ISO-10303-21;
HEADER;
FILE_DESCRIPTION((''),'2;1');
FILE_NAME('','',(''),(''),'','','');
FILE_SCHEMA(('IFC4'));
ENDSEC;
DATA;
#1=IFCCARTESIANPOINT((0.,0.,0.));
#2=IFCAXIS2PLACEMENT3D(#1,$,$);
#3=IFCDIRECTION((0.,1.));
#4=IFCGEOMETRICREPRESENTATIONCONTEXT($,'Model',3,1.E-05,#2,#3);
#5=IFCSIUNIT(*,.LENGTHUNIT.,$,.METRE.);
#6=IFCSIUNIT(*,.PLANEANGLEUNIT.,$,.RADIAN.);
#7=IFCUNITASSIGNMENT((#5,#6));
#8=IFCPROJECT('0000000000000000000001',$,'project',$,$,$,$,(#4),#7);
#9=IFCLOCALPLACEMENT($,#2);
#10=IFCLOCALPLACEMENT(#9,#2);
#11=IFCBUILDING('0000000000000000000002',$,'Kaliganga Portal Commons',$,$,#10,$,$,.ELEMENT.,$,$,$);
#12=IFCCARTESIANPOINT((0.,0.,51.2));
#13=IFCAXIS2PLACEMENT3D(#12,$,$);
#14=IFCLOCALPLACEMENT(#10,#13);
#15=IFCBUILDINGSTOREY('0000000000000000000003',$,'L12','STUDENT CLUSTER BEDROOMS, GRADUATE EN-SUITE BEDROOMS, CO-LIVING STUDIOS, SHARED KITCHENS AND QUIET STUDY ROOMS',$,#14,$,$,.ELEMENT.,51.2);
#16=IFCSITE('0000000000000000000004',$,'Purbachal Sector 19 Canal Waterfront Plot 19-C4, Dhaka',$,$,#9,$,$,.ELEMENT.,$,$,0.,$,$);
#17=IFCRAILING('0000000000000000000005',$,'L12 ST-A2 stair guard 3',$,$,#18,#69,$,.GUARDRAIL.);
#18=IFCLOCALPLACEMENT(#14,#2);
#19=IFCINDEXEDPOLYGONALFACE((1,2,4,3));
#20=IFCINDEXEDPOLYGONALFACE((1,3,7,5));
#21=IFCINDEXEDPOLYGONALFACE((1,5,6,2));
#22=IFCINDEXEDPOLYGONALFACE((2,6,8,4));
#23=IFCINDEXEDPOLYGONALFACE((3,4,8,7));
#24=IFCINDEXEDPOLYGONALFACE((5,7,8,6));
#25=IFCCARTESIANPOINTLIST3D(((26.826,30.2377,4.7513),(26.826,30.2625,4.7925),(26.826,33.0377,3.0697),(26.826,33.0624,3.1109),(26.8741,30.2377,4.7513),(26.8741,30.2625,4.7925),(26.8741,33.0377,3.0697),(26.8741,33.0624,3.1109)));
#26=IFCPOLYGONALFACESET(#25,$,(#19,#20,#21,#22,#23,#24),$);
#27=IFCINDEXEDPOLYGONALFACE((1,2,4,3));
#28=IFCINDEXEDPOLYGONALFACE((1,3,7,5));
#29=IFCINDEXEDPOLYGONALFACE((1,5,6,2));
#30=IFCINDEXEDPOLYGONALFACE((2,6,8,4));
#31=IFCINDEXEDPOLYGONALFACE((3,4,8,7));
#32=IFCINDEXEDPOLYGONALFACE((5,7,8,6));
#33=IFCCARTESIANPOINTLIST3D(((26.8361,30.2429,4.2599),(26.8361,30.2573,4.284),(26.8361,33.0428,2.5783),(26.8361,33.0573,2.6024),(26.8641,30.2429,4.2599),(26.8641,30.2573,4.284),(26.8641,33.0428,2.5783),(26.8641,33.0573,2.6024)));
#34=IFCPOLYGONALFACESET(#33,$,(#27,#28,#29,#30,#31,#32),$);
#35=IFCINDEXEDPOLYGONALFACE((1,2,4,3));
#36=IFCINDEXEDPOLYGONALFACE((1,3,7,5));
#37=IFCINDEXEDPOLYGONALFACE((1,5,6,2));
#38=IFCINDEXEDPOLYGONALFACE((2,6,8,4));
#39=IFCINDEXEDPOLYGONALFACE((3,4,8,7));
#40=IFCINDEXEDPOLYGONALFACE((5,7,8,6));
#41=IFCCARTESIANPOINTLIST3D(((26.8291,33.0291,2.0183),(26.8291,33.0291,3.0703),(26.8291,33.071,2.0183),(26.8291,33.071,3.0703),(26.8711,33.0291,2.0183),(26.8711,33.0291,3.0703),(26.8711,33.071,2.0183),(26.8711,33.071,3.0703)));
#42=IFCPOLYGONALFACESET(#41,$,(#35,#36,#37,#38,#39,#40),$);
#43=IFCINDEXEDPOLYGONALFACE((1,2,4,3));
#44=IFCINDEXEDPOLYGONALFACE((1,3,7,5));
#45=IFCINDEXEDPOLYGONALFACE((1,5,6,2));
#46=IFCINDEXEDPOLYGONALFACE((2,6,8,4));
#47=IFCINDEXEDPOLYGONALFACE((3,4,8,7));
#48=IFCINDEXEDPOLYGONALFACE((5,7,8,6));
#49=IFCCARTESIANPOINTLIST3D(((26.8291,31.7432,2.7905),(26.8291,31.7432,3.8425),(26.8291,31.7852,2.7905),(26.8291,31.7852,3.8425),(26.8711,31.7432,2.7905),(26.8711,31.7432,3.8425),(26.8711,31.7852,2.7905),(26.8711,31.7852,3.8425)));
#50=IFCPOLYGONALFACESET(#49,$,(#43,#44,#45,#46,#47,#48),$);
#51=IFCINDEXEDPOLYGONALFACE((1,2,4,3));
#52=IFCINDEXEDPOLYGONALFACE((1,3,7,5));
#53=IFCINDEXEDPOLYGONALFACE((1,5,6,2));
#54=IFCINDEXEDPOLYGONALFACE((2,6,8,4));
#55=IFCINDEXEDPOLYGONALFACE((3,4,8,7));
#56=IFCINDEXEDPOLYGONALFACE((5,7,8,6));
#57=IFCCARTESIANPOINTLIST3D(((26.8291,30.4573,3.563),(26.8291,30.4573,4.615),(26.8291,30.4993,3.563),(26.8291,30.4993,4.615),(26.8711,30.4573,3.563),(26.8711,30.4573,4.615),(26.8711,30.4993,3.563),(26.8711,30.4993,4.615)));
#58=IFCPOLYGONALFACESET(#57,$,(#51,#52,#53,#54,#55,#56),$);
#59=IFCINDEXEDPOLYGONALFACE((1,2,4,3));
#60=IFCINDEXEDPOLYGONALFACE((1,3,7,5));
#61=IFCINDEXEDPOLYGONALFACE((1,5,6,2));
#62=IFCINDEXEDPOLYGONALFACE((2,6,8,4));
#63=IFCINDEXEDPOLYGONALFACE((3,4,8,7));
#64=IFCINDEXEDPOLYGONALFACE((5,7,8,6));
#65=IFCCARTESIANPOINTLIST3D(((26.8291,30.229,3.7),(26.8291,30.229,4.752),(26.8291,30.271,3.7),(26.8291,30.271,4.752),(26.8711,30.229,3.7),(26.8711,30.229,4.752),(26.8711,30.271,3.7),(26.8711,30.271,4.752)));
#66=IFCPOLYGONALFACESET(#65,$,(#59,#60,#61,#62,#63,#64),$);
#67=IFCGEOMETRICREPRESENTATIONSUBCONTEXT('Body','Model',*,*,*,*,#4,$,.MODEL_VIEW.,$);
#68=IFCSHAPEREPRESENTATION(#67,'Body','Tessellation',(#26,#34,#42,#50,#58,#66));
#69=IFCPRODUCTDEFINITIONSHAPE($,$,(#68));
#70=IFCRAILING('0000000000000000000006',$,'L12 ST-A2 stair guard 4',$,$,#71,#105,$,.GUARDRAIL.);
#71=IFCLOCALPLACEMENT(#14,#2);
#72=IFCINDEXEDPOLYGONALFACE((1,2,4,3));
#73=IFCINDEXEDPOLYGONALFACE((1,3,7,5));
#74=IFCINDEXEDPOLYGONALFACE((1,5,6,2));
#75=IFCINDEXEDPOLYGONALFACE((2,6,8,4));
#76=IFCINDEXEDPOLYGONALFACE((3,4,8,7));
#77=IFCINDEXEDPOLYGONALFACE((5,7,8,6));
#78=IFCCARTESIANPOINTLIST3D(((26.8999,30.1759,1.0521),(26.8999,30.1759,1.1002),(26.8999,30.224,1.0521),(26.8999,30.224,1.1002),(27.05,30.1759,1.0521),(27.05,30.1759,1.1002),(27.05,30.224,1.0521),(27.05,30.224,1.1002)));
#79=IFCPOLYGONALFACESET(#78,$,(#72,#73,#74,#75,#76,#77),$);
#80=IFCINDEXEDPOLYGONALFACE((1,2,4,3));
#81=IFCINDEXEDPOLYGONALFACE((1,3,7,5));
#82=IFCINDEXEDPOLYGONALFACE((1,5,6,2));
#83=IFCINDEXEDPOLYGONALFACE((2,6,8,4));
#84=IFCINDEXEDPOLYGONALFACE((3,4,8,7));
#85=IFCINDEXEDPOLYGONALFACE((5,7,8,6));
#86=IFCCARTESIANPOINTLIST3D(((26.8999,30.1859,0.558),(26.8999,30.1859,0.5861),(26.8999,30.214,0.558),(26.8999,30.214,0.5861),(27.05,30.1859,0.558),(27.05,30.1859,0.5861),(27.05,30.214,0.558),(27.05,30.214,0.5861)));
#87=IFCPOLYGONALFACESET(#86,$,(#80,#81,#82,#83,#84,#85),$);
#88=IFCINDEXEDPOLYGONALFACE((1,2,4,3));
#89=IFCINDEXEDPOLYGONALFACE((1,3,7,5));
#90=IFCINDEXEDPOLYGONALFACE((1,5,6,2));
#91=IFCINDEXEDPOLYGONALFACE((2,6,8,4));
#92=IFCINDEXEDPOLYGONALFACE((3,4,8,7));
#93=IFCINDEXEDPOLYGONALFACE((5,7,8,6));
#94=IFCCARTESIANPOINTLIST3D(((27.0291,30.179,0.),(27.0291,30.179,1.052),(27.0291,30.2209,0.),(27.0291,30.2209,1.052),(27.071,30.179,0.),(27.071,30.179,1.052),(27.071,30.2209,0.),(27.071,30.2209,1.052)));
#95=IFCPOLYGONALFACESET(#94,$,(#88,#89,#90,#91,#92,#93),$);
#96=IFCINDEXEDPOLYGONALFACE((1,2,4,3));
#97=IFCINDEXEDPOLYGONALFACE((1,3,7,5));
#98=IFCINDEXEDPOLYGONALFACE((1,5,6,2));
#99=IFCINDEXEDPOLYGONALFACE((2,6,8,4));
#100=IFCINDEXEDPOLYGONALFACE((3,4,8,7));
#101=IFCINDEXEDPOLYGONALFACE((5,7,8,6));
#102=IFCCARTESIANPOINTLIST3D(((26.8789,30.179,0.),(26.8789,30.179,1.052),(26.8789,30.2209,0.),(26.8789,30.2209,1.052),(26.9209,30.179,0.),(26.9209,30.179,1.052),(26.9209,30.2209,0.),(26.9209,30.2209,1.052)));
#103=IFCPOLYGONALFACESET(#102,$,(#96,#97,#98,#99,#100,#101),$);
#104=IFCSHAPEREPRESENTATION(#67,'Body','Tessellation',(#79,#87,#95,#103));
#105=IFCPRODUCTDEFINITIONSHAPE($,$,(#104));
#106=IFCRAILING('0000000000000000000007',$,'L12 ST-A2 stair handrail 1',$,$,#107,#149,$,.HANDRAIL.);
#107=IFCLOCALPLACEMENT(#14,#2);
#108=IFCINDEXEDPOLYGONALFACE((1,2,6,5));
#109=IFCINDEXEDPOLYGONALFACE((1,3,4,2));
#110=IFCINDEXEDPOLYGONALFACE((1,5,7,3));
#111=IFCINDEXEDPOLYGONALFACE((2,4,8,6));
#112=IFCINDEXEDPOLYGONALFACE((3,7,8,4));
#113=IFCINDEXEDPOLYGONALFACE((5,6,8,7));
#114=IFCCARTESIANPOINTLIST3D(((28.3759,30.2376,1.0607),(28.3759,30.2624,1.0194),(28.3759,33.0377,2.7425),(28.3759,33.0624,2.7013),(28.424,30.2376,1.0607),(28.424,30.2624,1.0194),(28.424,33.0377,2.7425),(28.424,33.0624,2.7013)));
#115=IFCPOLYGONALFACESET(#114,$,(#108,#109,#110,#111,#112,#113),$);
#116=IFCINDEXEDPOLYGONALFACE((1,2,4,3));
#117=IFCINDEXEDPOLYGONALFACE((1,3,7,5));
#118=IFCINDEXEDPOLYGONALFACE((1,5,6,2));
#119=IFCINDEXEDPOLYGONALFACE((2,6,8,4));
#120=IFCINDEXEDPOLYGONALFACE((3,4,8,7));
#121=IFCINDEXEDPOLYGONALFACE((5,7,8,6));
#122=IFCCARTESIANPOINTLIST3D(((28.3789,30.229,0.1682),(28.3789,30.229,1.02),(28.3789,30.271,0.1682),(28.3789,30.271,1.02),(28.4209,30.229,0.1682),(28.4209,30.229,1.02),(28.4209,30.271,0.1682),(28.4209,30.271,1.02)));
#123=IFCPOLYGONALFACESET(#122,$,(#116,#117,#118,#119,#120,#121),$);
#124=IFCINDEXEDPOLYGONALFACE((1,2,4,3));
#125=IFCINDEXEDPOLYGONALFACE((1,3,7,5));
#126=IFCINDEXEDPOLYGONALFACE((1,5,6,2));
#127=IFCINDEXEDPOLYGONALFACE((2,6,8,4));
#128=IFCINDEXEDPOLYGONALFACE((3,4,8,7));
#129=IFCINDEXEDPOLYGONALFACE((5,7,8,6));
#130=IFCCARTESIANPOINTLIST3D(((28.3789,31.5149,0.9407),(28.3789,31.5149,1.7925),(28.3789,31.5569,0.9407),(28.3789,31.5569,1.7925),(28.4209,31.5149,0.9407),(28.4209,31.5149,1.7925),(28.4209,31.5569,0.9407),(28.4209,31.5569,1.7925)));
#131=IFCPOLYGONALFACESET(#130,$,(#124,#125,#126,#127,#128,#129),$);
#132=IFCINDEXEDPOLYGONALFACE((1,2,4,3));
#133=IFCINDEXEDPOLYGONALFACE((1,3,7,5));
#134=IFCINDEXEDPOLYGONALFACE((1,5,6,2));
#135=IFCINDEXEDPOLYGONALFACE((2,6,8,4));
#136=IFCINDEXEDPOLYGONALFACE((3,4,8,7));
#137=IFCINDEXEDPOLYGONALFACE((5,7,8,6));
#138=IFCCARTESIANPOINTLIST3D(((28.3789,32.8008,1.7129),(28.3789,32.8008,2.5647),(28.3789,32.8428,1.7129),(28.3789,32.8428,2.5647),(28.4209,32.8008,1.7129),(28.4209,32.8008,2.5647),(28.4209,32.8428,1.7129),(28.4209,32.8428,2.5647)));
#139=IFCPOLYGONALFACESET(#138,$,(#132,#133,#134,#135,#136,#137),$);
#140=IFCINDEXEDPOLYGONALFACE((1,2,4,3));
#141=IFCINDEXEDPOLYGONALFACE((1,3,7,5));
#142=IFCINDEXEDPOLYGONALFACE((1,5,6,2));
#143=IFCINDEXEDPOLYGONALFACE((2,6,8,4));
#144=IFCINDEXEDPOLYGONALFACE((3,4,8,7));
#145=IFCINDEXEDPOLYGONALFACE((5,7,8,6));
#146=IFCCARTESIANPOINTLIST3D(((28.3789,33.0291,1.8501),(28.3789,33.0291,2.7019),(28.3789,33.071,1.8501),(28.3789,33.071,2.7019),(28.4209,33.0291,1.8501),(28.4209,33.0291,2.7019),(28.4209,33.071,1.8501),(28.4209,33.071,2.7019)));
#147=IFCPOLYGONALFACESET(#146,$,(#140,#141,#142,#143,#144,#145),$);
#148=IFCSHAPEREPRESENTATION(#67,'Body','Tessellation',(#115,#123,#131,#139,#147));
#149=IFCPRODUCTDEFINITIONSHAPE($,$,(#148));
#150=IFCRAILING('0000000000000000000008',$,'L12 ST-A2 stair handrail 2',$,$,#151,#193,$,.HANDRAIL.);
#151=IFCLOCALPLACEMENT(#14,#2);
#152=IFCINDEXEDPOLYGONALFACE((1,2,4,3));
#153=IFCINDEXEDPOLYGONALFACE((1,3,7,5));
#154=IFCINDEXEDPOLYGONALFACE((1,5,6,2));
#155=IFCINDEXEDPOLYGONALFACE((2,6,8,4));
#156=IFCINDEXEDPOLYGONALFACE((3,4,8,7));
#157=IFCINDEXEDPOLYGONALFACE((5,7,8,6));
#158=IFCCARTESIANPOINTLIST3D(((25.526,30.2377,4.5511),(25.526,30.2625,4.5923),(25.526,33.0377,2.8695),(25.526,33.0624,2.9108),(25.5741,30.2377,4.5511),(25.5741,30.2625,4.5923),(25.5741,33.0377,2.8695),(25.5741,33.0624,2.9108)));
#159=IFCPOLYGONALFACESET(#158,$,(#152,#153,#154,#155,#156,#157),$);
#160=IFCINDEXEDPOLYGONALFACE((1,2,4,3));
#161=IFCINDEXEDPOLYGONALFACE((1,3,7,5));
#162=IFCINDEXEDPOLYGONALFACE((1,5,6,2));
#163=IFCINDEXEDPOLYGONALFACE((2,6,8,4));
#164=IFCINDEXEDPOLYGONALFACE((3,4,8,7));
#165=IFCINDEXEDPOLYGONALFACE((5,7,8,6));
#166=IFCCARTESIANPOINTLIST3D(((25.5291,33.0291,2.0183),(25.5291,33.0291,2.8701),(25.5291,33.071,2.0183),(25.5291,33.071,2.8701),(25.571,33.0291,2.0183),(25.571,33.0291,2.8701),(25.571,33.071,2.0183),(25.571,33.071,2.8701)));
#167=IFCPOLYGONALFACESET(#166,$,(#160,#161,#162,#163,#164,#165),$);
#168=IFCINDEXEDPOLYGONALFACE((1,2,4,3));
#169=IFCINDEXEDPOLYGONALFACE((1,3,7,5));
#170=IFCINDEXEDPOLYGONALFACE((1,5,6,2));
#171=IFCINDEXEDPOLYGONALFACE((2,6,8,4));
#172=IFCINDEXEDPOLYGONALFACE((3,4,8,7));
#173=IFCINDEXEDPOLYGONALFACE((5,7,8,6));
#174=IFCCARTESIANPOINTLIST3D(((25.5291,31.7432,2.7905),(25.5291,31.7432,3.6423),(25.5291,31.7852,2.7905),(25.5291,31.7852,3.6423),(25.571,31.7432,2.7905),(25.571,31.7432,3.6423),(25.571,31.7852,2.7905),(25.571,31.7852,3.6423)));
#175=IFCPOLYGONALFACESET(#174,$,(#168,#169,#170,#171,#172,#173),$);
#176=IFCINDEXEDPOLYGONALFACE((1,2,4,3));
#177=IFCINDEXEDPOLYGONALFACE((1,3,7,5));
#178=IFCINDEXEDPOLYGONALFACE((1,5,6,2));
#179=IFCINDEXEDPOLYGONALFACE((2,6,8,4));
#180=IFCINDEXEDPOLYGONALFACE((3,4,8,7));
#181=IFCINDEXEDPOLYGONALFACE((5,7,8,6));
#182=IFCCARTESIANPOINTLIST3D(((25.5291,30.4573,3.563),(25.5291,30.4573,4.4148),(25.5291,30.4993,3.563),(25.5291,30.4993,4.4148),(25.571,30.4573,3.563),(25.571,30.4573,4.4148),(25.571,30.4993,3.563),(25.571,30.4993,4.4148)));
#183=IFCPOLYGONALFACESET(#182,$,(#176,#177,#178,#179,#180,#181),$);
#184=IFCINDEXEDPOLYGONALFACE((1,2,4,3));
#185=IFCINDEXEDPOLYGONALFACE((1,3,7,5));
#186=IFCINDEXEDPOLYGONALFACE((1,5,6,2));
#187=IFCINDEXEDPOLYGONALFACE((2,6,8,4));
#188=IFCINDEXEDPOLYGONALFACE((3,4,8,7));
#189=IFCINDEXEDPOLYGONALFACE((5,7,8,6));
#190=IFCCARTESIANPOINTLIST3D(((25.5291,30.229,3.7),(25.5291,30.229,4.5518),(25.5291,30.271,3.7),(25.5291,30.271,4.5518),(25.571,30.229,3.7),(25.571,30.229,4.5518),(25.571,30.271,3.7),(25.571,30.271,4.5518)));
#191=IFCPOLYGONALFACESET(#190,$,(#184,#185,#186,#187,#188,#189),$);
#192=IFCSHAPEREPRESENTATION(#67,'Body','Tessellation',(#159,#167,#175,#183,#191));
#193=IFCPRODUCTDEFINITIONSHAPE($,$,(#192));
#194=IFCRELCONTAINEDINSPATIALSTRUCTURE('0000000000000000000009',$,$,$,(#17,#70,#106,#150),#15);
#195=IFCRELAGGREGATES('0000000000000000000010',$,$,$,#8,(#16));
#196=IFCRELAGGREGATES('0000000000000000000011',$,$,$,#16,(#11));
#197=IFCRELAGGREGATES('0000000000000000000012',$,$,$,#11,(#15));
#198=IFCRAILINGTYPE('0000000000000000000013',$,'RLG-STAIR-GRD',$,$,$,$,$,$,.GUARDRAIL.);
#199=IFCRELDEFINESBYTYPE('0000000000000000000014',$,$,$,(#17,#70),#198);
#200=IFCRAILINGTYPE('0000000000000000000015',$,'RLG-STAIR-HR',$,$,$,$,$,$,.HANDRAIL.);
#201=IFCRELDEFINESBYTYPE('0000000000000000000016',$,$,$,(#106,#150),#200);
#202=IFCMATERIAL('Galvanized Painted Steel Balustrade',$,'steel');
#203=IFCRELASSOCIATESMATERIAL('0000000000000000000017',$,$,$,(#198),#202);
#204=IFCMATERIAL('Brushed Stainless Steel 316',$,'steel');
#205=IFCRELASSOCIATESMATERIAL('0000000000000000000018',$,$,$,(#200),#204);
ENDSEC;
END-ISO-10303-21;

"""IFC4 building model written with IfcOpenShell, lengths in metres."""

from ifc_helpers import new_model, si_unit, direction, frame, origin, origin_2d, place, context, subcontext, project, spatial, rectangle, extrude, material, type_object, element, save


model = new_model("IFC4")

# Units and contexts
model_context = context("Model", 3, precision=1e-05, world=origin(), true_north=direction((0.0, 1.0)))
body_context = subcontext(model_context, "Body", "Model", "MODEL_VIEW")
ifc_project = project(units=[si_unit("LENGTHUNIT", "METRE"), si_unit("PLANEANGLEUNIT", "RADIAN")], contexts=[model_context])

# Site, building, storey
site_placement = place(None, origin())
site = spatial("IfcSite", under=ifc_project, at=site_placement, Name="Purbachal Sector 19 Canal Waterfront Plot 19-C4, Dhaka", CompositionType="ELEMENT", RefElevation=0.0)
building_placement = place(site_placement, origin())
building = spatial("IfcBuilding", under=site, at=building_placement, Name="Kaliganga Portal Commons", CompositionType="ELEMENT")
storey_placement = place(building_placement, frame((0.0, 0.0, 51.2)))
storey = spatial("IfcBuildingStorey", under=building, at=storey_placement, Name="L12", Description="STUDENT CLUSTER BEDROOMS, GRADUATE EN-SUITE BEDROOMS, CO-LIVING STUDIOS, SHARED KITCHENS AND QUIET STUDY ROOMS", CompositionType="ELEMENT", Elevation=51.2)

# Railings
ifc_material_1 = material(Name="Galvanized Painted Steel Balustrade", Category="steel")
railing_type_1 = type_object("IfcRailingType", Name="RLG-STAIR-GRD", PredefinedType="GUARDRAIL", material=ifc_material_1)
railing_1_placement = place(storey_placement, frame((26.8501, 33.05, 2.0183)))
element("IfcRailing", 1, at=railing_1_placement, inside=storey, type_object=railing_type_1, Name="L12 ST-A2 stair guard 3", PredefinedType="GUARDRAIL", context=body_context, shape_type="SweptSolid", body=[
    extrude(rectangle(XDim=0.0481, YDim=0.0481, at=origin_2d()), frame((0.0, 0.0, 1.072), z_axis=(0.0, -0.857275, 0.514858), x_axis=(1.0, 0.0, 0.0)), (0.0, 0.0, 1.0), 3.2661),
    extrude(rectangle(XDim=0.0281, YDim=0.0281, at=origin_2d()), frame((0.0, 0.0, 0.572), z_axis=(0.0, -0.857275, 0.514858), x_axis=(1.0, 0.0, 0.0)), (0.0, 0.0, 1.0), 3.2661),
    extrude(rectangle(XDim=0.042, YDim=0.042, at=origin_2d()), origin(), (0.0, 0.0, 1.0), 1.052),
    extrude(rectangle(XDim=0.042, YDim=0.042, at=origin_2d()), frame((0.0, -1.2859, 0.7722)), (0.0, 0.0, 1.0), 1.052),
    extrude(rectangle(XDim=0.042, YDim=0.042, at=origin_2d()), frame((0.0, -2.5718, 1.5447)), (0.0, 0.0, 1.0), 1.052),
    extrude(rectangle(XDim=0.042, YDim=0.042, at=origin_2d()), frame((0.0, -2.8, 1.6816)), (0.0, 0.0, 1.0), 1.052),
])
railing_2_placement = place(storey_placement, frame((27.05, 30.2, 0.0)))
element("IfcRailing", 2, at=railing_2_placement, inside=storey, type_object=railing_type_1, Name="L12 ST-A2 stair guard 4", PredefinedType="GUARDRAIL", context=body_context, shape_type="SweptSolid", body=[
    extrude(rectangle(XDim=0.0481, YDim=0.0481, at=origin_2d()), frame((0.0, 0.0, 1.0762), z_axis=(-1.0, 0.0, 0.0), x_axis=(0.0, -1.0, 0.0)), (0.0, 0.0, 1.0), 0.1501),
    extrude(rectangle(XDim=0.0281, YDim=0.0281, at=origin_2d()), frame((0.0, 0.0, 0.572), z_axis=(-1.0, 0.0, 0.0), x_axis=(0.0, -1.0, 0.0)), (0.0, 0.0, 1.0), 0.1501),
    extrude(rectangle(XDim=0.042, YDim=0.042, at=origin_2d()), origin(), (0.0, 0.0, 1.0), 1.052),
    extrude(rectangle(XDim=0.042, YDim=0.042, at=origin_2d()), frame((-0.1501, 0.0, 0.0)), (0.0, 0.0, 1.0), 1.052),
])
ifc_material_2 = material(Name="Brushed Stainless Steel 316", Category="steel")
railing_type_2 = type_object("IfcRailingType", Name="RLG-STAIR-HR", PredefinedType="HANDRAIL", material=ifc_material_2)
railing_3_placement = place(storey_placement, frame((28.3999, 30.25, 0.1682)))
element("IfcRailing", 3, at=railing_3_placement, inside=storey, type_object=railing_type_2, Name="L12 ST-A2 stair handrail 1", PredefinedType="HANDRAIL", context=body_context, shape_type="SweptSolid", body=[
    extrude(rectangle(XDim=0.0481, YDim=0.0481, at=origin_2d()), frame((0.0, 0.0, 0.8718), z_axis=(0.0, 0.857242, 0.514913), x_axis=(-1.0, 0.0, 0.0)), (0.0, 0.0, 1.0), 3.2664),
    extrude(rectangle(XDim=0.042, YDim=0.042, at=origin_2d()), origin(), (0.0, 0.0, 1.0), 0.8518),
    extrude(rectangle(XDim=0.042, YDim=0.042, at=origin_2d()), frame((0.0, 1.2859, 0.7725)), (0.0, 0.0, 1.0), 0.8518),
    extrude(rectangle(XDim=0.042, YDim=0.042, at=origin_2d()), frame((0.0, 2.5718, 1.5447)), (0.0, 0.0, 1.0), 0.8518),
    extrude(rectangle(XDim=0.042, YDim=0.042, at=origin_2d()), frame((0.0, 2.8, 1.6819)), (0.0, 0.0, 1.0), 0.8518),
])
railing_4_placement = place(storey_placement, frame((25.55, 33.05, 2.0183)))
element("IfcRailing", 4, at=railing_4_placement, inside=storey, type_object=railing_type_2, Name="L12 ST-A2 stair handrail 2", PredefinedType="HANDRAIL", context=body_context, shape_type="SweptSolid", body=[
    extrude(rectangle(XDim=0.0481, YDim=0.0481, at=origin_2d()), frame((0.0, 0.0, 0.8718), z_axis=(0.0, -0.857275, 0.514858), x_axis=(1.0, 0.0, 0.0)), (0.0, 0.0, 1.0), 3.2661),
    extrude(rectangle(XDim=0.042, YDim=0.042, at=origin_2d()), origin(), (0.0, 0.0, 1.0), 0.8518),
    extrude(rectangle(XDim=0.042, YDim=0.042, at=origin_2d()), frame((0.0, -1.2859, 0.7722)), (0.0, 0.0, 1.0), 0.8518),
    extrude(rectangle(XDim=0.042, YDim=0.042, at=origin_2d()), frame((0.0, -2.5718, 1.5447)), (0.0, 0.0, 1.0), 0.8518),
    extrude(rectangle(XDim=0.042, YDim=0.042, at=origin_2d()), frame((0.0, -2.8, 1.6816)), (0.0, 0.0, 1.0), 0.8518),
])

save(model, "model.ifc")
